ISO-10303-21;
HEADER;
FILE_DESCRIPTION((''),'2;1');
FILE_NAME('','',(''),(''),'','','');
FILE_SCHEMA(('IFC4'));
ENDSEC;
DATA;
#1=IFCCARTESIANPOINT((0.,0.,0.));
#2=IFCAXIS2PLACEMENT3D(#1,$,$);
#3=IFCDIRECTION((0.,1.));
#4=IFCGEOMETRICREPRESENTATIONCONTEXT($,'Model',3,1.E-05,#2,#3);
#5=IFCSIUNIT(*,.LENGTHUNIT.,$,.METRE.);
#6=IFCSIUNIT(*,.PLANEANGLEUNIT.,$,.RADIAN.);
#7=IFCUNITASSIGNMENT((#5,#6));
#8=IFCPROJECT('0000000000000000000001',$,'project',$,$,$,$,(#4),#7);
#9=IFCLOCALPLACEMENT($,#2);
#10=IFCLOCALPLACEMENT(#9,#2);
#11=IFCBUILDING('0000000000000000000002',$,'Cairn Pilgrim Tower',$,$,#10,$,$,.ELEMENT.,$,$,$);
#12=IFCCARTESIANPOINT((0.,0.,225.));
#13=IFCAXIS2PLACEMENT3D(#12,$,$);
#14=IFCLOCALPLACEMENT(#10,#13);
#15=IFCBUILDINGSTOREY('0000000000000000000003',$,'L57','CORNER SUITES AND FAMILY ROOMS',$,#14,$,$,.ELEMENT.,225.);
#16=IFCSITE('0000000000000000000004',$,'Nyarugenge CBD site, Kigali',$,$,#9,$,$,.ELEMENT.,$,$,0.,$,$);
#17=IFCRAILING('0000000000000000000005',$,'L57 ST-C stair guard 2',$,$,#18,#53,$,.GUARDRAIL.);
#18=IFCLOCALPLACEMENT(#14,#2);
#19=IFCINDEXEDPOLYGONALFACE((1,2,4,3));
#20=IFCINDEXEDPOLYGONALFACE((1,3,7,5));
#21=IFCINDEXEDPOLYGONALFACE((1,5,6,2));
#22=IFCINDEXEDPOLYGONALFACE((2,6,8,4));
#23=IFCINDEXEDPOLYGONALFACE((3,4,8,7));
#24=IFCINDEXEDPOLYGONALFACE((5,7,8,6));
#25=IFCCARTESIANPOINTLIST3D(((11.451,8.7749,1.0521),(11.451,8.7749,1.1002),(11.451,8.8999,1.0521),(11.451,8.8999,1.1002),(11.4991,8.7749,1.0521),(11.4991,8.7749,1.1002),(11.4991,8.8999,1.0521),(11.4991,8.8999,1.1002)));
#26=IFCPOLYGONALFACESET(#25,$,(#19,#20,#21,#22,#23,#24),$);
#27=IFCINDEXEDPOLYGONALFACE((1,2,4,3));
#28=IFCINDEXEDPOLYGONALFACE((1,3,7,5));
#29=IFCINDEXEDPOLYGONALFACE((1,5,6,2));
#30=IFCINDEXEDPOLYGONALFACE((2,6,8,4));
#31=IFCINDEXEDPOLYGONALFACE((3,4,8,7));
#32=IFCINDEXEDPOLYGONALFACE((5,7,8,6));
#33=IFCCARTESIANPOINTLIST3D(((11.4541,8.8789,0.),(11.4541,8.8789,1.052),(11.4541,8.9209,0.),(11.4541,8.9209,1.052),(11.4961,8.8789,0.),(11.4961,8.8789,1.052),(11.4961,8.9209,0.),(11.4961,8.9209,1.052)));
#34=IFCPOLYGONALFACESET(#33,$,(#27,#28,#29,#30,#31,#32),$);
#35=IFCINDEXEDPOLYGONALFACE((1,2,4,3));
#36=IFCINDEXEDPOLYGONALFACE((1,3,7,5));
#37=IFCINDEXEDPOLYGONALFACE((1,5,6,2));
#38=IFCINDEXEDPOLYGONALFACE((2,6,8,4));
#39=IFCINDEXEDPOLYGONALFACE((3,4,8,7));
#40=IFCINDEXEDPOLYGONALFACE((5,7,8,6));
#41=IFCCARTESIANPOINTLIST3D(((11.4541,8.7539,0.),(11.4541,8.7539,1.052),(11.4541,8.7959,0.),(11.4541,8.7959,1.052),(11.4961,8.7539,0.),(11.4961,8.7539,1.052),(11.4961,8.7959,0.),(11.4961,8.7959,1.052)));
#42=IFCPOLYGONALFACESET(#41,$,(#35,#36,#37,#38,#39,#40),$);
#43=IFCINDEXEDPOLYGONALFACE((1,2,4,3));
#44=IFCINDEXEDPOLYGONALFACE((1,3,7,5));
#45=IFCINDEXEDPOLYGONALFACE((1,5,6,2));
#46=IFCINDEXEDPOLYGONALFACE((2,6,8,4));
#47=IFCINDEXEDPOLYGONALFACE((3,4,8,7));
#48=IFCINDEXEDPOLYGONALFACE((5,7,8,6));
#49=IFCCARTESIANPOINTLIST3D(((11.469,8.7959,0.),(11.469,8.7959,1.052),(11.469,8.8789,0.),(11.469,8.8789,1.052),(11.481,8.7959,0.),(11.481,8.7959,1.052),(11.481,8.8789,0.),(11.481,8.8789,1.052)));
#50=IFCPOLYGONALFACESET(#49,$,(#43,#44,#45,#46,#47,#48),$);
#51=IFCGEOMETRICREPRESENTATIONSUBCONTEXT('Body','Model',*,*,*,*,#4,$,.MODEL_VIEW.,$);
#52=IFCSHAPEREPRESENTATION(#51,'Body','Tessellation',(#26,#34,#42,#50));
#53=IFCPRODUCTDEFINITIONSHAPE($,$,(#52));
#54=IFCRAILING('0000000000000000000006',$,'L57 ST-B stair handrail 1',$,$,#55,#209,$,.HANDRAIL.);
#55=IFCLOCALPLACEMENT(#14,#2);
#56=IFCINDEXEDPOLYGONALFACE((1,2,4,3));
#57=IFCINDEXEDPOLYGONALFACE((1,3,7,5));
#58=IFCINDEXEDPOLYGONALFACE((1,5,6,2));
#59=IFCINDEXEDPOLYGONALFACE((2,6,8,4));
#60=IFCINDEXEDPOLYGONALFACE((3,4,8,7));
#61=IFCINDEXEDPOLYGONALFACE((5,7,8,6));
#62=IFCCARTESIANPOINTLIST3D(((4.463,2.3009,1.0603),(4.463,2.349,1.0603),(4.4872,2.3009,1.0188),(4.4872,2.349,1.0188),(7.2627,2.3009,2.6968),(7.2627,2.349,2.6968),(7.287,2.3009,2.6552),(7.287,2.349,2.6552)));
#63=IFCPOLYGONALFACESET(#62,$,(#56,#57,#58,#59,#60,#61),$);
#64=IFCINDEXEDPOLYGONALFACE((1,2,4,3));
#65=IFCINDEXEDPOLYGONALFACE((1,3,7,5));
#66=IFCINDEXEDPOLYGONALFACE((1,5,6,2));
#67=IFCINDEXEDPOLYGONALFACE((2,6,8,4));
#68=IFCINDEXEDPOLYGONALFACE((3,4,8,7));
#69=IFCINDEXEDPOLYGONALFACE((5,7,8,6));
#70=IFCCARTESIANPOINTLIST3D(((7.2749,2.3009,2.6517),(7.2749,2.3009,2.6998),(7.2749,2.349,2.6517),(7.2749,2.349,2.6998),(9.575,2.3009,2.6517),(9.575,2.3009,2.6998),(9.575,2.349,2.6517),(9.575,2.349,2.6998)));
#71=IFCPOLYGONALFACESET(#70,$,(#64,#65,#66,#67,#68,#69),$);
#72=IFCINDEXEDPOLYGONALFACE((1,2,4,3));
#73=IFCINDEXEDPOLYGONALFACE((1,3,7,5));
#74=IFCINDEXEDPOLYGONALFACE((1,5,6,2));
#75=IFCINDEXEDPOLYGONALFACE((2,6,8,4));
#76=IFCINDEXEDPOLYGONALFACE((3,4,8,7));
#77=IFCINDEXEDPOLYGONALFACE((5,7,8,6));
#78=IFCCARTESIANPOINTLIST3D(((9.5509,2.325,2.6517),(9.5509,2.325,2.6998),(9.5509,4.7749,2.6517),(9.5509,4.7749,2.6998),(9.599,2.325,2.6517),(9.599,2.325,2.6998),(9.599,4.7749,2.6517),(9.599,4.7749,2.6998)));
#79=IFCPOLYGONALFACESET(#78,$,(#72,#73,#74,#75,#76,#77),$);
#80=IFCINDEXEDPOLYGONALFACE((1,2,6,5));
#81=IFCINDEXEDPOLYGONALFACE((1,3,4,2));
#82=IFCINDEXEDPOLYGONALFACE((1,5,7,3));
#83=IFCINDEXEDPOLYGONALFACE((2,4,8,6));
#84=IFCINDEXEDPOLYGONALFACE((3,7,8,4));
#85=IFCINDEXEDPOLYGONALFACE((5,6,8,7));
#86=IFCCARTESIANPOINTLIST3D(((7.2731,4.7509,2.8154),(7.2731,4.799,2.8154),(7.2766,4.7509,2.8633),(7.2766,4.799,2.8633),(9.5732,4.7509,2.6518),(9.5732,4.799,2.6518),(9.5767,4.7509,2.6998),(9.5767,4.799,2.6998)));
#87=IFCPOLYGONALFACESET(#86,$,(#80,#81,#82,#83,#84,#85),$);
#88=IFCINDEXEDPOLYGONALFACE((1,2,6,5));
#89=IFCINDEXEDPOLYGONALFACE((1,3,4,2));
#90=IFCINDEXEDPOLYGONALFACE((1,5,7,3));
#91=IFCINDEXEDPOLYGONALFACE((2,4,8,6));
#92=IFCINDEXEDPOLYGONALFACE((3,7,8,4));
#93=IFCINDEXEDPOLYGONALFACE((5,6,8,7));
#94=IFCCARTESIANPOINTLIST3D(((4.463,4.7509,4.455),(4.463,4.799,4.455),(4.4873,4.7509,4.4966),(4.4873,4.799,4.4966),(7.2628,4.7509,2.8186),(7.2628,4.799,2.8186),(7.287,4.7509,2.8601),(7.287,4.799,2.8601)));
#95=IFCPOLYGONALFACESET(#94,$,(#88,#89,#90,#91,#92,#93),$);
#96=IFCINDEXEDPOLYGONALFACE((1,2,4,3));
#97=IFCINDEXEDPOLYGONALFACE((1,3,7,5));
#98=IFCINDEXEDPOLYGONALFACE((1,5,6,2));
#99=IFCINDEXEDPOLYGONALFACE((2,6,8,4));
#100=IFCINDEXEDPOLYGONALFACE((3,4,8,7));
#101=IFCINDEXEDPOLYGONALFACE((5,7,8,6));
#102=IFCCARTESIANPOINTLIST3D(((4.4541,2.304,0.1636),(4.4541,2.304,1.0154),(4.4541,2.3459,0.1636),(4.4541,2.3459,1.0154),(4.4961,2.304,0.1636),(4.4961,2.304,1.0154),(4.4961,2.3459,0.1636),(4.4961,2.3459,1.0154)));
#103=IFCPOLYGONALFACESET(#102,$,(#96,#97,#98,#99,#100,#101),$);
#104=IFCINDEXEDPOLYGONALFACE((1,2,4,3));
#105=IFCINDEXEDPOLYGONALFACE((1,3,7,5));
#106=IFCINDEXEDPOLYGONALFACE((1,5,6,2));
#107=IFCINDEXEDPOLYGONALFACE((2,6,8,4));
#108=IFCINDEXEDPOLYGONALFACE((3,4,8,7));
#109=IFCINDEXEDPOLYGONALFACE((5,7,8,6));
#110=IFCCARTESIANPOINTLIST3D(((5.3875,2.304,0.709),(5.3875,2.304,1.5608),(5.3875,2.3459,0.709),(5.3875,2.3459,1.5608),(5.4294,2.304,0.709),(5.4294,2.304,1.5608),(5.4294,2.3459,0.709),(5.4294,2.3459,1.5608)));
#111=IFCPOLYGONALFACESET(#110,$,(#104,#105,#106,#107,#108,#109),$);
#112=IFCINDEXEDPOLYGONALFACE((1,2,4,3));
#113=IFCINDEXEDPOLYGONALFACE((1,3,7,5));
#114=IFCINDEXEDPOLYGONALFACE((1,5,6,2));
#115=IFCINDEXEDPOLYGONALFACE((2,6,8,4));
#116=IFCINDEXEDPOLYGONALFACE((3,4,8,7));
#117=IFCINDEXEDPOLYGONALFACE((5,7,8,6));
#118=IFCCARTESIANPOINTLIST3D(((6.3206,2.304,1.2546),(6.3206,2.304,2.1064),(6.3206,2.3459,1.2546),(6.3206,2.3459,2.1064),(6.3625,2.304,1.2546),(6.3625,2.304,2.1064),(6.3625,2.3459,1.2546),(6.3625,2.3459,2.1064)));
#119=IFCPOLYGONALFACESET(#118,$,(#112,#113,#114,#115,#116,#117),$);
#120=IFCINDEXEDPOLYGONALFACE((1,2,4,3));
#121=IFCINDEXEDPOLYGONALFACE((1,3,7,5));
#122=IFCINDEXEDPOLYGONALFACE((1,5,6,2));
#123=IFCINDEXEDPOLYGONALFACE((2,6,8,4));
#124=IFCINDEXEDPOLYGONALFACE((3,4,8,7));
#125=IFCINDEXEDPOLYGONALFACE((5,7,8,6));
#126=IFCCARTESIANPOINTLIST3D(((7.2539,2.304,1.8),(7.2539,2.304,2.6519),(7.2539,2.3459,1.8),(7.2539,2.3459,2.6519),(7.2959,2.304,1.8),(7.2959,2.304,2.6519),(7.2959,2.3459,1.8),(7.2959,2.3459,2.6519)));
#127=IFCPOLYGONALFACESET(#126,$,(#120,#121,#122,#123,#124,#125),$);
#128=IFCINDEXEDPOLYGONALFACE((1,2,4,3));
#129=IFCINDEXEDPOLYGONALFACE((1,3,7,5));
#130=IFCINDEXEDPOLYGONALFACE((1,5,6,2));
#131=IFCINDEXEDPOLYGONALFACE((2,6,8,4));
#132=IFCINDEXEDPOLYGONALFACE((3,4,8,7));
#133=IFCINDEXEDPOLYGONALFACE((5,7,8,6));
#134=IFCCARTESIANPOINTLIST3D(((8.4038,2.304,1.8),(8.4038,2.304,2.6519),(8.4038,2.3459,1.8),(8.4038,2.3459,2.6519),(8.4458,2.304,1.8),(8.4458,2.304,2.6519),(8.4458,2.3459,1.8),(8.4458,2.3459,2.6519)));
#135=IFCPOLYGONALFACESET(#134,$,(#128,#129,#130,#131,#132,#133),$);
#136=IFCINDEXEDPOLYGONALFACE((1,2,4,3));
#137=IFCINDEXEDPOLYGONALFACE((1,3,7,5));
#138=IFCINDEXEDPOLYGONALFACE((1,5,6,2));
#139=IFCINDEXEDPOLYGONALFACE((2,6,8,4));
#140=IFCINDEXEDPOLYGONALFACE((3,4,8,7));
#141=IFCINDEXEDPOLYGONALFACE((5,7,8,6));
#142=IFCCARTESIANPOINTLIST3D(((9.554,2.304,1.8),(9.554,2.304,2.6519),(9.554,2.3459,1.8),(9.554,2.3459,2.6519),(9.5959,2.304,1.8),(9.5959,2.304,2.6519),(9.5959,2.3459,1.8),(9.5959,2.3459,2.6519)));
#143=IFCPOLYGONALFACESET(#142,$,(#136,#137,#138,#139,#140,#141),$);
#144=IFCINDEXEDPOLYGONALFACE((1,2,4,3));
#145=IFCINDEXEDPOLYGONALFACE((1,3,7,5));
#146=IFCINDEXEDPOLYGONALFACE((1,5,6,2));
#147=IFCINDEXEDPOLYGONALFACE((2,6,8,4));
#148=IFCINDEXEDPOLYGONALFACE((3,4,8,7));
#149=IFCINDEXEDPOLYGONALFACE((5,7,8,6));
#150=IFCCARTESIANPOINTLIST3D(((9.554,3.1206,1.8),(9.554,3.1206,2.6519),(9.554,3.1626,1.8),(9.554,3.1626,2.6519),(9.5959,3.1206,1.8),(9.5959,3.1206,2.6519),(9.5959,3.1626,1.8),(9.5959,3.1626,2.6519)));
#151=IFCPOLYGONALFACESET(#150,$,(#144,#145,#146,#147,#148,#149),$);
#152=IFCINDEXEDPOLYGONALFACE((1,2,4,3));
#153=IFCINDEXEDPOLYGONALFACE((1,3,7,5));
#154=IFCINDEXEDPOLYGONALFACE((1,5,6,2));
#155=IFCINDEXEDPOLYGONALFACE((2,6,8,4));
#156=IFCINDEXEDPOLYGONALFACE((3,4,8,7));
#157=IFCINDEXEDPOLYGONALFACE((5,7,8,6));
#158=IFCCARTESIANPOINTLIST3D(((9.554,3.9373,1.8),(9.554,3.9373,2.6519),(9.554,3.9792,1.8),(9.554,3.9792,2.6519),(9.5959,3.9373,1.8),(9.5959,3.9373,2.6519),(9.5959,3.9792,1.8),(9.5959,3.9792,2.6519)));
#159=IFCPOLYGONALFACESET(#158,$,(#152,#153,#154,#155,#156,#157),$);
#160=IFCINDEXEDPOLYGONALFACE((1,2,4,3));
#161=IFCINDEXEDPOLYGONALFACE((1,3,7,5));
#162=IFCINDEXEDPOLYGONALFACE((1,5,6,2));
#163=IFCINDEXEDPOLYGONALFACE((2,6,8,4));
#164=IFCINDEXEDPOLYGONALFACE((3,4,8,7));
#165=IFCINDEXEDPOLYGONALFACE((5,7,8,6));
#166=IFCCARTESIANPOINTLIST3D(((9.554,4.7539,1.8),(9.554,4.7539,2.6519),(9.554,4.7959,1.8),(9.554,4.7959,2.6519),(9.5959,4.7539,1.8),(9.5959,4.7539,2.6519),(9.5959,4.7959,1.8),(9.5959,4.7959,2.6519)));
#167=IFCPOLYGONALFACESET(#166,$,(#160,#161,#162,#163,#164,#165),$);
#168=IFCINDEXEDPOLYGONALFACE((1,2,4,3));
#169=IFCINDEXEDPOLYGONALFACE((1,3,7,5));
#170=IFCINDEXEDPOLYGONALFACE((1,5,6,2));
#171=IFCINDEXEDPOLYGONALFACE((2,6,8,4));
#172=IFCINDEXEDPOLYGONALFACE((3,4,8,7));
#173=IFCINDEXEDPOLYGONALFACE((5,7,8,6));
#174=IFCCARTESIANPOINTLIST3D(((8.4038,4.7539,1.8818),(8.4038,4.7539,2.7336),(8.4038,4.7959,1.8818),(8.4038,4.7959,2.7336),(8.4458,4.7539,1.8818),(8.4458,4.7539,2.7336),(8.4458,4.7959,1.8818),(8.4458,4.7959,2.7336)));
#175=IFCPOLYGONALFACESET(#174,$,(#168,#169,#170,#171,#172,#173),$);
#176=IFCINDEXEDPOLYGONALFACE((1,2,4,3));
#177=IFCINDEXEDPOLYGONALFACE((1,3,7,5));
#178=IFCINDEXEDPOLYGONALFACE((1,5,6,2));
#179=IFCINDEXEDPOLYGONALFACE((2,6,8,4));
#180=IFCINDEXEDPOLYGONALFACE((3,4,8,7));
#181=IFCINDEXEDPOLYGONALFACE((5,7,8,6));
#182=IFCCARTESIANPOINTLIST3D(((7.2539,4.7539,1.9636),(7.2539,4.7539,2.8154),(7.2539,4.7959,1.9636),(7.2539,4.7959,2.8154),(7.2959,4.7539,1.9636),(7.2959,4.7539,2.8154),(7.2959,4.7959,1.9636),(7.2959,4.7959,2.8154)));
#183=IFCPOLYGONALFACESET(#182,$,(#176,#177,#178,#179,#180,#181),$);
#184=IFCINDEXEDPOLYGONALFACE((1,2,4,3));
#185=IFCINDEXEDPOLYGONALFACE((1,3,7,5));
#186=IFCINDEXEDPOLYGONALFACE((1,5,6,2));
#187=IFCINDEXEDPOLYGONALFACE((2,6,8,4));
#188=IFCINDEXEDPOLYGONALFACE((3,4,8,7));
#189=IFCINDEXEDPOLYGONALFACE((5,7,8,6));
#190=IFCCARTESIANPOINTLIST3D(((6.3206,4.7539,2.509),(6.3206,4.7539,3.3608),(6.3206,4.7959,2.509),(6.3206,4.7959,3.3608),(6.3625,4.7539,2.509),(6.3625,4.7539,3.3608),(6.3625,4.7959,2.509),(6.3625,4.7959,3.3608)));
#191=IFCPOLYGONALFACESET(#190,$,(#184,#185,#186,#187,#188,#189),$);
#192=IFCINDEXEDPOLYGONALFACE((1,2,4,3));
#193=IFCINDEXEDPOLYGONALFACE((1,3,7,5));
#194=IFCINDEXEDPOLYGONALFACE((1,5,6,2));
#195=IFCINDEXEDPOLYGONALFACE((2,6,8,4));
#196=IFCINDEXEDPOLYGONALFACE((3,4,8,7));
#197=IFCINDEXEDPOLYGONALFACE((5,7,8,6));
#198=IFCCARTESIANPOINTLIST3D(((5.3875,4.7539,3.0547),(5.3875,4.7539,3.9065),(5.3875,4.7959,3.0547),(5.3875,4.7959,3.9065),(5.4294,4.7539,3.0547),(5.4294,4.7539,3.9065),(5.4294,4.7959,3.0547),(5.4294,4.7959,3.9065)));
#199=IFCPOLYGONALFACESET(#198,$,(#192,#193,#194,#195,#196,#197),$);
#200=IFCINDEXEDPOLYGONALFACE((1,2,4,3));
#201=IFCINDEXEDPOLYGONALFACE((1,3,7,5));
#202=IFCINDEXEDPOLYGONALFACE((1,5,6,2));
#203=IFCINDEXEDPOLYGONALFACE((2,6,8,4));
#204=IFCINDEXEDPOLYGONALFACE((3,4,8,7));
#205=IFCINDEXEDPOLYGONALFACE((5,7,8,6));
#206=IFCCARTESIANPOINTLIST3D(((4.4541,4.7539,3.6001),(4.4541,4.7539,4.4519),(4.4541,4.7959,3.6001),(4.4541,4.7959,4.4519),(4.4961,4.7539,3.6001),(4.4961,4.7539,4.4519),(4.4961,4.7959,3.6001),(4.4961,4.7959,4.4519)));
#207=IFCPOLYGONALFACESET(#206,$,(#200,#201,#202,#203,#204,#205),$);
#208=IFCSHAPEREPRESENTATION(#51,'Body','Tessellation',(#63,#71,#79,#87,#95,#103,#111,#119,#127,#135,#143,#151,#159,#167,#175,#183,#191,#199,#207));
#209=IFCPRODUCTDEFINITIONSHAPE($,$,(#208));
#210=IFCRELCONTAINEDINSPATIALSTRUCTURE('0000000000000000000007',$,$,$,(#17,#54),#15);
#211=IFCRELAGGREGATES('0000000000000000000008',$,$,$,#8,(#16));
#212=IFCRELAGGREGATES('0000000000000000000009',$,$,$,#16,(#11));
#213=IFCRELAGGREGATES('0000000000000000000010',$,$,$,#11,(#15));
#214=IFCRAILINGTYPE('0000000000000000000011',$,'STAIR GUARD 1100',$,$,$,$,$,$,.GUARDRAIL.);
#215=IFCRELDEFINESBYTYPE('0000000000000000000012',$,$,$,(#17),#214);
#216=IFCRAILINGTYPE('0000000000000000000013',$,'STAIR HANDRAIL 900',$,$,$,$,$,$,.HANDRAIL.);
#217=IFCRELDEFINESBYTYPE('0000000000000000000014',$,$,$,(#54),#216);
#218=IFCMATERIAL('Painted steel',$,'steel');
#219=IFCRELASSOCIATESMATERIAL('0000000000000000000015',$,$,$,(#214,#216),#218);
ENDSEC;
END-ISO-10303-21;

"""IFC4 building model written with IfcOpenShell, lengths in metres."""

from ifc_helpers import new_model, si_unit, direction, frame, origin, origin_2d, place, context, subcontext, project, spatial, polyline, rectangle, outline, extrude, material, type_object, element, save


model = new_model("IFC4")

# Units and contexts
model_context = context("Model", 3, precision=1e-05, world=origin(), true_north=direction((0.0, 1.0)))
body_context = subcontext(model_context, "Body", "Model", "MODEL_VIEW")
ifc_project = project(units=[si_unit("LENGTHUNIT", "METRE"), si_unit("PLANEANGLEUNIT", "RADIAN")], contexts=[model_context])

# Site, building, storey
site_placement = place(None, origin())
site = spatial("IfcSite", under=ifc_project, at=site_placement, Name="Nyarugenge CBD site, Kigali", CompositionType="ELEMENT", RefElevation=0.0)
building_placement = place(site_placement, origin())
building = spatial("IfcBuilding", under=site, at=building_placement, Name="Cairn Pilgrim Tower", CompositionType="ELEMENT")
storey_placement = place(building_placement, frame((0.0, 0.0, 225.0)))
storey = spatial("IfcBuildingStorey", under=building, at=storey_placement, Name="L57", Description="CORNER SUITES AND FAMILY ROOMS", CompositionType="ELEMENT", Elevation=225.0)

# Shared definitions
ifc_material_1 = material(Name="Painted steel", Category="steel")

# Railings
railing_type_1 = type_object("IfcRailingType", Name="STAIR GUARD 1100", PredefinedType="GUARDRAIL", material=ifc_material_1)
railing_1_placement = place(storey_placement, frame((11.4751, 8.8999, 0.0)))
element("IfcRailing", 1, at=railing_1_placement, inside=storey, type_object=railing_type_1, Name="L57 ST-C stair guard 2", PredefinedType="GUARDRAIL", context=body_context, shape_type="SweptSolid", body=[
    extrude(rectangle(XDim=0.0481, YDim=0.0481, at=origin_2d()), frame((0.0, 0.0, 1.0762), z_axis=(0.0, -1.0, 0.0), x_axis=(1.0, 0.0, 0.0)), (0.0, 0.0, 1.0), 0.125),
    extrude(rectangle(XDim=0.042, YDim=0.042, at=origin_2d()), origin(), (0.0, 0.0, 1.0), 1.052),
    extrude(rectangle(XDim=0.042, YDim=0.042, at=origin_2d()), frame((0.0, -0.125, 0.0)), (0.0, 0.0, 1.0), 1.052),
    extrude(outline(polyline([(0.021, 0.0), (0.104, 0.0), (0.104, 1.052), (0.021, 1.052), (0.021, 0.0)])), frame((0.0059, 0.0, 0.0), z_axis=(-1.0, 0.0, 0.0), x_axis=(0.0, -1.0, 0.0)), (0.0, 0.0, 1.0), 0.012),
])
railing_type_2 = type_object("IfcRailingType", Name="STAIR HANDRAIL 900", PredefinedType="HANDRAIL", material=ifc_material_1)
railing_2_placement = place(storey_placement, frame((4.4751, 2.325, 0.1636)))
element("IfcRailing", 2, at=railing_2_placement, inside=storey, type_object=railing_type_2, Name="L57 ST-B stair handrail 1", PredefinedType="HANDRAIL", context=body_context, shape_type="SweptSolid", body=[
    extrude(rectangle(XDim=0.0481, YDim=0.0481, at=origin_2d()), frame((0.0, 0.0, 0.876), z_axis=(0.863342, 0.0, 0.50462), x_axis=(0.0, 1.0, 0.0)), (0.0, 0.0, 1.0), 3.2429),
    extrude(rectangle(XDim=0.0481, YDim=0.0481, at=origin_2d()), frame((2.7998, 0.0, 2.5122), z_axis=(1.0, 0.0, 0.0), x_axis=(0.0, 1.0, 0.0)), (0.0, 0.0, 1.0), 2.3),
    extrude(rectangle(XDim=0.0481, YDim=0.0481, at=origin_2d()), frame((5.0999, 0.0, 2.5122), z_axis=(0.0, 1.0, 0.0), x_axis=(-1.0, 0.0, 0.0)), (0.0, 0.0, 1.0), 2.45),
    extrude(rectangle(XDim=0.0481, YDim=0.0481, at=origin_2d()), frame((5.0999, 2.45, 2.5122), z_axis=(-0.997481, 0.0, 0.070939), x_axis=(0.0, -1.0, 0.0)), (0.0, 0.0, 1.0), 2.3059),
    extrude(rectangle(XDim=0.0481, YDim=0.0481, at=origin_2d()), frame((2.7998, 2.45, 2.6758), z_axis=(-0.863342, 0.0, 0.50462), x_axis=(0.0, -1.0, 0.0)), (0.0, 0.0, 1.0), 3.2429),
    extrude(rectangle(XDim=0.042, YDim=0.042, at=origin_2d()), origin(), (0.0, 0.0, 1.0), 0.8518),
    extrude(rectangle(XDim=0.042, YDim=0.042, at=origin_2d()), frame((0.9333, 0.0, 0.5454)), (0.0, 0.0, 1.0), 0.8518),
    extrude(rectangle(XDim=0.042, YDim=0.042, at=origin_2d()), frame((1.8665, 0.0, 1.0911)), (0.0, 0.0, 1.0), 0.8518),
    extrude(rectangle(XDim=0.042, YDim=0.042, at=origin_2d()), frame((2.7998, 0.0, 1.6365)), (0.0, 0.0, 1.0), 0.8518),
    extrude(rectangle(XDim=0.042, YDim=0.042, at=origin_2d()), frame((3.9497, 0.0, 1.6365)), (0.0, 0.0, 1.0), 0.8518),
    extrude(rectangle(XDim=0.042, YDim=0.042, at=origin_2d()), frame((5.0999, 0.0, 1.6365)), (0.0, 0.0, 1.0), 0.8518),
    extrude(rectangle(XDim=0.042, YDim=0.042, at=origin_2d()), frame((5.0999, 0.8167, 1.6365)), (0.0, 0.0, 1.0), 0.8518),
    extrude(rectangle(XDim=0.042, YDim=0.042, at=origin_2d()), frame((5.0999, 1.6333, 1.6365)), (0.0, 0.0, 1.0), 0.8518),
    extrude(rectangle(XDim=0.042, YDim=0.042, at=origin_2d()), frame((5.0999, 2.45, 1.6365)), (0.0, 0.0, 1.0), 0.8518),
    extrude(rectangle(XDim=0.042, YDim=0.042, at=origin_2d()), frame((3.9497, 2.45, 1.7183)), (0.0, 0.0, 1.0), 0.8518),
    extrude(rectangle(XDim=0.042, YDim=0.042, at=origin_2d()), frame((2.7998, 2.45, 1.8)), (0.0, 0.0, 1.0), 0.8518),
    extrude(rectangle(XDim=0.042, YDim=0.042, at=origin_2d()), frame((1.8665, 2.45, 2.3455)), (0.0, 0.0, 1.0), 0.8518),
    extrude(rectangle(XDim=0.042, YDim=0.042, at=origin_2d()), frame((0.9333, 2.45, 2.8911)), (0.0, 0.0, 1.0), 0.8518),
    extrude(rectangle(XDim=0.042, YDim=0.042, at=origin_2d()), frame((0.0, 2.45, 3.4365)), (0.0, 0.0, 1.0), 0.8518),
])

save(model, "model.ifc")
